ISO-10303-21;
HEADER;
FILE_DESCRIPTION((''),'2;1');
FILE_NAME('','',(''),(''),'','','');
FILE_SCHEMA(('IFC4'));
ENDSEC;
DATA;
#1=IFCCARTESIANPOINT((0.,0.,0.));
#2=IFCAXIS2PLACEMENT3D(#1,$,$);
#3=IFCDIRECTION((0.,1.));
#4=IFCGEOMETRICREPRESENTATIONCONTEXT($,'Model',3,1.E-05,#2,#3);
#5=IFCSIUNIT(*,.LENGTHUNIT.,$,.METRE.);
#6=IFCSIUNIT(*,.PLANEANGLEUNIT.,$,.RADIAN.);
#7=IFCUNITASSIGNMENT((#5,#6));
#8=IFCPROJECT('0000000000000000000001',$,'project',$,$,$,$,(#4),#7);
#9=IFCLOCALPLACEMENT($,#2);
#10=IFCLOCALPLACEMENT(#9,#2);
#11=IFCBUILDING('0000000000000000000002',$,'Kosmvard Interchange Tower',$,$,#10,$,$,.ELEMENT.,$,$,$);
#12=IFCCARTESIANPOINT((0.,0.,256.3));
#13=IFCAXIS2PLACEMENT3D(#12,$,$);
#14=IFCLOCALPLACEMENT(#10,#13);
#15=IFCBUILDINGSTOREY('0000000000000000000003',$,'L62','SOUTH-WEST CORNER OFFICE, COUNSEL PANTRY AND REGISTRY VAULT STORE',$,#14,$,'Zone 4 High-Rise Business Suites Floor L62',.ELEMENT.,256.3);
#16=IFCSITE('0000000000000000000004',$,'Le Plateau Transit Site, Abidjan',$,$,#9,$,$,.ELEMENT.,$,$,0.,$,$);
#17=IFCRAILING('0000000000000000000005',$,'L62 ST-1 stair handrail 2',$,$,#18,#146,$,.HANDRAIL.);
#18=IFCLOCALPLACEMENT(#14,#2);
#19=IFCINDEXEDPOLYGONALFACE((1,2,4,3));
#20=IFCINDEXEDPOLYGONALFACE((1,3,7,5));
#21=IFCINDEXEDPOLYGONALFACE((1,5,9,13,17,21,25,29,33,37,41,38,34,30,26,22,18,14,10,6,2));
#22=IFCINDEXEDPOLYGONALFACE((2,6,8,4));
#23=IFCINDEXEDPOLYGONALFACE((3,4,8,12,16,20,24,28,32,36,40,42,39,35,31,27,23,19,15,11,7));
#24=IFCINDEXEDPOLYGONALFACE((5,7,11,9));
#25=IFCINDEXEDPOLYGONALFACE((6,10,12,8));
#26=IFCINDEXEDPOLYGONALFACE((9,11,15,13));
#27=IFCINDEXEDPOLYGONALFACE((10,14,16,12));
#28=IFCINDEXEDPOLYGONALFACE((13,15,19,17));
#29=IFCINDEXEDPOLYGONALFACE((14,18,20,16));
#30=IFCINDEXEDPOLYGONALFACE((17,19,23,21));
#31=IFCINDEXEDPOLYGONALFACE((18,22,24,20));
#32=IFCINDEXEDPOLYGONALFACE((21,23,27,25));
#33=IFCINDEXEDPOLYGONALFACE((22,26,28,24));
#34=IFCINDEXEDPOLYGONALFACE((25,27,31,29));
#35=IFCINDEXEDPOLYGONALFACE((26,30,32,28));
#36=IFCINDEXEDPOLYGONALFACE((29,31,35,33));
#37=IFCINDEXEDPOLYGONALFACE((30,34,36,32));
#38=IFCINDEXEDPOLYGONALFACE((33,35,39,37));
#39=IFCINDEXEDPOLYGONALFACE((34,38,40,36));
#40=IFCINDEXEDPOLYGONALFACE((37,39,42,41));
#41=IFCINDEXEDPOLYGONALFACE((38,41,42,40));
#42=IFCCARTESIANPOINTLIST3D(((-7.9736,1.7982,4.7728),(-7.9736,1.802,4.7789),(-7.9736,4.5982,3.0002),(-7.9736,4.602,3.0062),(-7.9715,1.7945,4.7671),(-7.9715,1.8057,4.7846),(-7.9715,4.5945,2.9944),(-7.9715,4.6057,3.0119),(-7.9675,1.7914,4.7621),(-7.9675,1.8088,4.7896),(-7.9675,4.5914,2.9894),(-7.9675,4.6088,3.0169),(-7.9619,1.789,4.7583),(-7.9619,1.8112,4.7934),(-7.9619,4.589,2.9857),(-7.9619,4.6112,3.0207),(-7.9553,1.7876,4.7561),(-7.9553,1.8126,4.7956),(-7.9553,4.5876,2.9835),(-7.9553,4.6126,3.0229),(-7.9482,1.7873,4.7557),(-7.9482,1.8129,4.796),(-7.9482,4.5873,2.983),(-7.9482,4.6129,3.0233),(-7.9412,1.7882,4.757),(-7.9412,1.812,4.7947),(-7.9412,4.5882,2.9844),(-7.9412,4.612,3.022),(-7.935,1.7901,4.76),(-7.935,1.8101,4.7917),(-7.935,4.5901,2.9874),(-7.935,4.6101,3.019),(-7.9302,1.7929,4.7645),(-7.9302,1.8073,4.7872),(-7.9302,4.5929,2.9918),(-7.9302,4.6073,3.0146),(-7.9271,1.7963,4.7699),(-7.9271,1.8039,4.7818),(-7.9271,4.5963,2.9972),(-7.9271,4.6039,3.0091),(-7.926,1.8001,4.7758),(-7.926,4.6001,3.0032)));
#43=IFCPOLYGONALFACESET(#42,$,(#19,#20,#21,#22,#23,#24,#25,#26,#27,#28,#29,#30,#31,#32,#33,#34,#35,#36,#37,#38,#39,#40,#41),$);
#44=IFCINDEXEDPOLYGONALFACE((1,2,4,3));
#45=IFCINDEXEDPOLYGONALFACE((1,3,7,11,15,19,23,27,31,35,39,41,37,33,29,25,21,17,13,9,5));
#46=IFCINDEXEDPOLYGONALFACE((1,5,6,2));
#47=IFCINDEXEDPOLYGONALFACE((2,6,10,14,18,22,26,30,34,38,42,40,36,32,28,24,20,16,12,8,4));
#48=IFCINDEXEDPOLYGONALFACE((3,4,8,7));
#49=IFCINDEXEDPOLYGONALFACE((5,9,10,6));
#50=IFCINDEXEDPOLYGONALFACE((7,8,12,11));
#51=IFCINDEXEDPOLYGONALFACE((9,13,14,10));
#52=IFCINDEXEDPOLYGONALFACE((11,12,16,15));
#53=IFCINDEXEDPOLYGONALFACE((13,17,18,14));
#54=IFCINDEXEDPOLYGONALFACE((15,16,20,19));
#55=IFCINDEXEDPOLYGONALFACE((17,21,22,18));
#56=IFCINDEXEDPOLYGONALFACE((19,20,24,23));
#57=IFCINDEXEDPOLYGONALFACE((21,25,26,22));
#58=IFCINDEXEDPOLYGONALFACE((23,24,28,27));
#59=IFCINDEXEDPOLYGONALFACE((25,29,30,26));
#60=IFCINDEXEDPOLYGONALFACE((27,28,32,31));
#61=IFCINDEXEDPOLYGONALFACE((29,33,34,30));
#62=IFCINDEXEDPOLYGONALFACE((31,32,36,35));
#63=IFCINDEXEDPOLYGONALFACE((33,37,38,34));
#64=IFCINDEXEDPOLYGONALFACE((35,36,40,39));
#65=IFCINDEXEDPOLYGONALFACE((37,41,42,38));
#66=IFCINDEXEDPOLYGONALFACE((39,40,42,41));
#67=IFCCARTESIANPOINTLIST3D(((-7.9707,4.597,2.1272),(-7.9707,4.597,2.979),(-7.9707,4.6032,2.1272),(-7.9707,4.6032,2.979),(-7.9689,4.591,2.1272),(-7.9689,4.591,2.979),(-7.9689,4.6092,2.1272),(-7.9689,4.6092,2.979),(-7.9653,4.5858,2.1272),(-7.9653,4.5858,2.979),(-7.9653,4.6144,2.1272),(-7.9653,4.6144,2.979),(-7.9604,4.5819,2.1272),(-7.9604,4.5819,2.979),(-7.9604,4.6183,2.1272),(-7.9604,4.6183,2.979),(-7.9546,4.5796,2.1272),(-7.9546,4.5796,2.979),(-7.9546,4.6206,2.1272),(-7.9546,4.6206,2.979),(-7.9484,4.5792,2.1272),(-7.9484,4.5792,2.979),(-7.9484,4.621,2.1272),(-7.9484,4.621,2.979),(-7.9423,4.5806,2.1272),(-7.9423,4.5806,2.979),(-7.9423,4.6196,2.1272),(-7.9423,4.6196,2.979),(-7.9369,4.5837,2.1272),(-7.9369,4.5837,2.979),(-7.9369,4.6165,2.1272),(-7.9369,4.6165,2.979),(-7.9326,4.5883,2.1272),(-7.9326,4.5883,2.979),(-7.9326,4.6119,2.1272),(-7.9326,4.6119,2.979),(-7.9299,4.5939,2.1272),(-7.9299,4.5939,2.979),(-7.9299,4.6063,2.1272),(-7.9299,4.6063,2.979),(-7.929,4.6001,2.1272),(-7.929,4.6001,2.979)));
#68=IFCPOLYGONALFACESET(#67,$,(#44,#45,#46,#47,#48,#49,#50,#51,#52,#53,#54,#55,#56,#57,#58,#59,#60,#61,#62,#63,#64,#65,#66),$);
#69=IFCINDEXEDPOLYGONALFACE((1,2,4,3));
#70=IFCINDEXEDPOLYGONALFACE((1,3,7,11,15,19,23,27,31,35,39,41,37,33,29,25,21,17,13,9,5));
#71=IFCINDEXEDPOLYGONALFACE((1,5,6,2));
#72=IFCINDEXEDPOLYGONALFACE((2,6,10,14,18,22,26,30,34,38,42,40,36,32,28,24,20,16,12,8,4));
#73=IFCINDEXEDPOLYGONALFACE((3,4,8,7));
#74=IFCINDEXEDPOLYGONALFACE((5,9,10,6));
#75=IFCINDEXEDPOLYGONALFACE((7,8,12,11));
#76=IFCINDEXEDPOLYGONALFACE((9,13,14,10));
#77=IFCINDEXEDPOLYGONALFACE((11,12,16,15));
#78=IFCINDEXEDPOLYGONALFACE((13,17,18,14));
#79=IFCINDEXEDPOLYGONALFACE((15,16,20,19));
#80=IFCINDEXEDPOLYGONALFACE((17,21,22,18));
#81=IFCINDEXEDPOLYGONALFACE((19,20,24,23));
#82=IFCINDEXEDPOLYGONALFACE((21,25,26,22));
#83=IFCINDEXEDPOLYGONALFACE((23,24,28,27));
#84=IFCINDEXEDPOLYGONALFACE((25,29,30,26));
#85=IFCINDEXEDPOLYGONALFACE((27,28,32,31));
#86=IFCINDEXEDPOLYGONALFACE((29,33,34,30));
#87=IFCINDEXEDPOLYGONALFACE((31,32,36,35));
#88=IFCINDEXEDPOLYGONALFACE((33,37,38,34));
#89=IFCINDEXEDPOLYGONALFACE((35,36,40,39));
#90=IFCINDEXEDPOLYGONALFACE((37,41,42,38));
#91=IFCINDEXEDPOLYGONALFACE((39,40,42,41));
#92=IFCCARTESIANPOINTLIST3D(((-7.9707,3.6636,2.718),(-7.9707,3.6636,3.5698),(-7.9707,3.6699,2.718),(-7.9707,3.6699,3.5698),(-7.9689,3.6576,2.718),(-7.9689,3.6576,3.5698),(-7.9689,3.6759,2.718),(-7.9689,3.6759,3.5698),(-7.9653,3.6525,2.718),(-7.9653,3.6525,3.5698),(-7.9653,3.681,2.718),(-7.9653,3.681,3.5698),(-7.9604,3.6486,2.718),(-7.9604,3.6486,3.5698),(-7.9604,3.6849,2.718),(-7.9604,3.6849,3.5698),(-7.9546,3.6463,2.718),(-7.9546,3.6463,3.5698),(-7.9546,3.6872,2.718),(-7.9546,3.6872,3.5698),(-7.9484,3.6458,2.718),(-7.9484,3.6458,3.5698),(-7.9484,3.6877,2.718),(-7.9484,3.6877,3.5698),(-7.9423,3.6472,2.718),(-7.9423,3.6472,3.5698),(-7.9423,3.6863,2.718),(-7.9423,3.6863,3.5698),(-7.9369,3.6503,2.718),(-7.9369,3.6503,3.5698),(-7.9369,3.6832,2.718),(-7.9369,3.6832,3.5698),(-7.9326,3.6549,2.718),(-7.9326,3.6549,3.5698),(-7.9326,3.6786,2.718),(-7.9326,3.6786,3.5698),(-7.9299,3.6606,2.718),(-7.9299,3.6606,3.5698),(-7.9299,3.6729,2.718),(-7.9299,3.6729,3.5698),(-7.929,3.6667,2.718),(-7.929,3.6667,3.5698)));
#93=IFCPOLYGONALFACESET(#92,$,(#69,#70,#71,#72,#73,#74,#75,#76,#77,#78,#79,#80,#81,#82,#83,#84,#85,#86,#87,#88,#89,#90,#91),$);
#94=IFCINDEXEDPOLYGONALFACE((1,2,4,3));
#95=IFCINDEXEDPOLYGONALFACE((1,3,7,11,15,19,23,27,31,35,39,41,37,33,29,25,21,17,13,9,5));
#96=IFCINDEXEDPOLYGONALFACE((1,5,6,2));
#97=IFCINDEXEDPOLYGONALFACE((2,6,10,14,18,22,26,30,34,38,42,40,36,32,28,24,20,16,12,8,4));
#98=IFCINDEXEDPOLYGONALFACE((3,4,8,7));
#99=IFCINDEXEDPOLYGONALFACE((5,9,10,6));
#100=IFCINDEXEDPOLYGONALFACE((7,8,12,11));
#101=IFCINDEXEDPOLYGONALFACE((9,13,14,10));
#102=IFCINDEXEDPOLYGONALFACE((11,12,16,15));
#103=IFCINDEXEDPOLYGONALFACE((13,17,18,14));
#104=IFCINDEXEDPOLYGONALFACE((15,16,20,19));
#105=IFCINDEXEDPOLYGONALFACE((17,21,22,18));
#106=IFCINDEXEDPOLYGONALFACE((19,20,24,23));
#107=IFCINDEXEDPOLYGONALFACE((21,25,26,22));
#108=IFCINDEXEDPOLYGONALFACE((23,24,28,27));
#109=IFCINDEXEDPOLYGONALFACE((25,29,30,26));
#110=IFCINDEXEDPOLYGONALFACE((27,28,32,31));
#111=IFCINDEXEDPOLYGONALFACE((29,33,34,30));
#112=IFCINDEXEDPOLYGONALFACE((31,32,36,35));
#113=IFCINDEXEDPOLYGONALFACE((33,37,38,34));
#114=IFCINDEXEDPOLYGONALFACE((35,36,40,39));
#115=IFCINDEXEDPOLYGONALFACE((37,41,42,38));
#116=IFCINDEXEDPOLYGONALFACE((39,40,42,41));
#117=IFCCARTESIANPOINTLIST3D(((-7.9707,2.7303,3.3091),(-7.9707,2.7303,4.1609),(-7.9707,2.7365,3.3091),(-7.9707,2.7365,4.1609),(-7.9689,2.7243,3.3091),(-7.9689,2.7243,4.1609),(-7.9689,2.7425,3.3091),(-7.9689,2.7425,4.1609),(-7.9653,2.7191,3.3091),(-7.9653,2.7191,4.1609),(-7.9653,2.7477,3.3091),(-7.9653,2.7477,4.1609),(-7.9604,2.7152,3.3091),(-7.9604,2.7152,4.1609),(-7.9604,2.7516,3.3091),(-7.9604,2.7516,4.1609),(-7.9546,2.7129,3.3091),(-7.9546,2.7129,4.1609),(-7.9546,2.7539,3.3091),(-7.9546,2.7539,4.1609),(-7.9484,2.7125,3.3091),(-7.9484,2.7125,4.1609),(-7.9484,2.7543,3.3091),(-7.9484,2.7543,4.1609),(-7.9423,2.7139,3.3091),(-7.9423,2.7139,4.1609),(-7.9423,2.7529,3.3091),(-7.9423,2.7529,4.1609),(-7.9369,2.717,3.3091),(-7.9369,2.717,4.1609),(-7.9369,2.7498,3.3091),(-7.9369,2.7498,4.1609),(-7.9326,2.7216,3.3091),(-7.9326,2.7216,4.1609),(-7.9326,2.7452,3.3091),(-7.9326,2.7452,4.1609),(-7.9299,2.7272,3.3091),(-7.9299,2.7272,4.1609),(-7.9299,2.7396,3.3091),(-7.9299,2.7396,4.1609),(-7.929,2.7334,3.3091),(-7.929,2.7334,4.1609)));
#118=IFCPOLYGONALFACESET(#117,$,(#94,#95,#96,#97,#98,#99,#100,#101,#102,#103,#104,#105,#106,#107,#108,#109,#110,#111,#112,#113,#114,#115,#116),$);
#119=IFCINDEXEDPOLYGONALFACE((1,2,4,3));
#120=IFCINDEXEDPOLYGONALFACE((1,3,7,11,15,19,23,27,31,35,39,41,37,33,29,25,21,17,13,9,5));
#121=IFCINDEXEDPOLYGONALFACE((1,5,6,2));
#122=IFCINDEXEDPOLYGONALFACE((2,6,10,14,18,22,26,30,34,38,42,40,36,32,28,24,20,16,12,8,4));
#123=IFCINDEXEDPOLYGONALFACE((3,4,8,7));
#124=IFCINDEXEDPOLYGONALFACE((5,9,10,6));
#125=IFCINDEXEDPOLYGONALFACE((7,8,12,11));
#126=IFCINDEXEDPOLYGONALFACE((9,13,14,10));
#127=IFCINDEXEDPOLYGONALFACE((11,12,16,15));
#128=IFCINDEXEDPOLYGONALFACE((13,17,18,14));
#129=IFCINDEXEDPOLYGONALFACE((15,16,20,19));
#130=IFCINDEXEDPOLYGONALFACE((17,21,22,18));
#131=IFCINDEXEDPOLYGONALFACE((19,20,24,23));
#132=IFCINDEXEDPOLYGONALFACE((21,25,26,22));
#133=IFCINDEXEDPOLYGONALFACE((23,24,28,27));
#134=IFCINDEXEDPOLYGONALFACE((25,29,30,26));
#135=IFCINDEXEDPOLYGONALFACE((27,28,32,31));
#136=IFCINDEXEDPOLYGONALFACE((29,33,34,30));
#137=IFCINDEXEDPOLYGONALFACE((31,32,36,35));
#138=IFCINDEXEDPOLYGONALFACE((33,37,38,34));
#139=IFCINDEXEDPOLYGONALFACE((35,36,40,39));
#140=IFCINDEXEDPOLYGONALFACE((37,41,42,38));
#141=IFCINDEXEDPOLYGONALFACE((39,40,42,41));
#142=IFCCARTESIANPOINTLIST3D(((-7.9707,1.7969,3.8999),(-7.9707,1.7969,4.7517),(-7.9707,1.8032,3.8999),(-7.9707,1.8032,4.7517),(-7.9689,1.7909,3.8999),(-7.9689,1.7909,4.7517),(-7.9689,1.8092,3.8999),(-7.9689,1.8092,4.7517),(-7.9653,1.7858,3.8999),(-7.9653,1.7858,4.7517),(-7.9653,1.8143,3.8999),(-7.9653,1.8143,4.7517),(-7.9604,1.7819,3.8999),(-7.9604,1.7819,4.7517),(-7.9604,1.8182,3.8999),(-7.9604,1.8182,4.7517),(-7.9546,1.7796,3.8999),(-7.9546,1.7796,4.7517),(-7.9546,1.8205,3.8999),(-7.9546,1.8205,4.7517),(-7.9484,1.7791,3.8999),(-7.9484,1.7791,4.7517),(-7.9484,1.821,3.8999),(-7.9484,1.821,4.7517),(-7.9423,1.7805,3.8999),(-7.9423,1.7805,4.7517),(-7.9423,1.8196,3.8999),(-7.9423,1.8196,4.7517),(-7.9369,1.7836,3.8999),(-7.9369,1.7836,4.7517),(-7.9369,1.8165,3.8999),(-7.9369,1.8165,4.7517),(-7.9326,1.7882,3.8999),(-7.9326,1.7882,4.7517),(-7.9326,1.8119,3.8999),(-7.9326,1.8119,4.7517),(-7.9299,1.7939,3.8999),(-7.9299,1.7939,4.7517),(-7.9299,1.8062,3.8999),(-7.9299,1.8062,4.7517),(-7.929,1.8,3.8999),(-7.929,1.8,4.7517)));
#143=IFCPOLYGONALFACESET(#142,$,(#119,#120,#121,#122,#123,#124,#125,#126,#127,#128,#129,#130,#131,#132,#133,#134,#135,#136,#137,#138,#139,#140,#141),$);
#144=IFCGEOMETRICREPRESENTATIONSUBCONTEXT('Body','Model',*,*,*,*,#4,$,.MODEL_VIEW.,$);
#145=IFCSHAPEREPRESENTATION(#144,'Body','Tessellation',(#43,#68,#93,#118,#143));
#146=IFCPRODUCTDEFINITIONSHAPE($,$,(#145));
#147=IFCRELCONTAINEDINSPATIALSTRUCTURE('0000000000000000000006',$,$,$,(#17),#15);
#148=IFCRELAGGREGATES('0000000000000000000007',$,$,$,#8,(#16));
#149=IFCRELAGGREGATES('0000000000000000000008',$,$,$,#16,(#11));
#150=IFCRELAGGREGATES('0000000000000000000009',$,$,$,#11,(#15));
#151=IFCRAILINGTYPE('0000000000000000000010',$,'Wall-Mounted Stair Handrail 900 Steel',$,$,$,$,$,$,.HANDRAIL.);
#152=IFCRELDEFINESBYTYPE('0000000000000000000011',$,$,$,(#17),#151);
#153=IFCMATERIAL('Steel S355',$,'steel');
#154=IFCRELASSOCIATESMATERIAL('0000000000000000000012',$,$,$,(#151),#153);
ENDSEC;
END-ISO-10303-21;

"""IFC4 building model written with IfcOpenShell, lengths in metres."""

from ifc_helpers import new_model, si_unit, direction, frame, origin, origin_2d, place, context, subcontext, project, spatial, circle, extrude, source, transform, mapped, material, type_object, element, save


model = new_model("IFC4")

# Units and contexts
model_context = context("Model", 3, precision=1e-05, world=origin(), true_north=direction((0.0, 1.0)))
body_context = subcontext(model_context, "Body", "Model", "MODEL_VIEW")
ifc_project = project(units=[si_unit("LENGTHUNIT", "METRE"), si_unit("PLANEANGLEUNIT", "RADIAN")], contexts=[model_context])

# Site, building, storey
site_placement = place(None, origin())
site = spatial("IfcSite", under=ifc_project, at=site_placement, Name="Le Plateau Transit Site, Abidjan", CompositionType="ELEMENT", RefElevation=0.0)
building_placement = place(site_placement, origin())
building = spatial("IfcBuilding", under=site, at=building_placement, Name="Kosmvard Interchange Tower", CompositionType="ELEMENT")
storey_placement = place(building_placement, frame((0.0, 0.0, 256.3)))
storey = spatial("IfcBuildingStorey", under=building, at=storey_placement, Name="L62", Description="SOUTH-WEST CORNER OFFICE, COUNSEL PANTRY AND REGISTRY VAULT STORE", LongName="Zone 4 High-Rise Business Suites Floor L62", CompositionType="ELEMENT", Elevation=256.3)

# Railing
ifc_material_1 = material(Name="Steel S355", Category="steel")
railing_type_1 = type_object("IfcRailingType", Name="Wall-Mounted Stair Handrail 900 Steel", PredefinedType="HANDRAIL", material=ifc_material_1)
shared_shape_1 = source(origin(), body_context, "Body", "SweptSolid", [
    extrude(circle(Radius=0.0239, at=origin_2d()), frame((0.0, 0.0, 0.876), z_axis=(0.0, -0.844909, 0.53491), x_axis=(1.0, 0.0, 0.0)), (0.0, 0.0, 1.0), 3.314),
    extrude(circle(Radius=0.021, at=origin_2d()), origin(), (0.0, 0.0, 1.0), 0.8518),
    extrude(circle(Radius=0.021, at=origin_2d()), frame((0.0, -0.9333, 0.5908)), (0.0, 0.0, 1.0), 0.8518),
    extrude(circle(Radius=0.021, at=origin_2d()), frame((0.0, -1.8667, 1.1819)), (0.0, 0.0, 1.0), 0.8518),
    extrude(circle(Radius=0.021, at=origin_2d()), frame((0.0, -2.8, 1.7727)), (0.0, 0.0, 1.0), 0.8518),
])
railing_1_placement = place(storey_placement, frame((-7.95, 4.6001, 2.1272)))
element("IfcRailing", 1, at=railing_1_placement, inside=storey, type_object=railing_type_1, Name="L62 ST-1 stair handrail 2", PredefinedType="HANDRAIL", context=body_context, shape_type="MappedRepresentation", body=[
    mapped(shared_shape_1, transform((0.0, 0.0, 0.0), scale=1.0)),
])

save(model, "model.ifc")
